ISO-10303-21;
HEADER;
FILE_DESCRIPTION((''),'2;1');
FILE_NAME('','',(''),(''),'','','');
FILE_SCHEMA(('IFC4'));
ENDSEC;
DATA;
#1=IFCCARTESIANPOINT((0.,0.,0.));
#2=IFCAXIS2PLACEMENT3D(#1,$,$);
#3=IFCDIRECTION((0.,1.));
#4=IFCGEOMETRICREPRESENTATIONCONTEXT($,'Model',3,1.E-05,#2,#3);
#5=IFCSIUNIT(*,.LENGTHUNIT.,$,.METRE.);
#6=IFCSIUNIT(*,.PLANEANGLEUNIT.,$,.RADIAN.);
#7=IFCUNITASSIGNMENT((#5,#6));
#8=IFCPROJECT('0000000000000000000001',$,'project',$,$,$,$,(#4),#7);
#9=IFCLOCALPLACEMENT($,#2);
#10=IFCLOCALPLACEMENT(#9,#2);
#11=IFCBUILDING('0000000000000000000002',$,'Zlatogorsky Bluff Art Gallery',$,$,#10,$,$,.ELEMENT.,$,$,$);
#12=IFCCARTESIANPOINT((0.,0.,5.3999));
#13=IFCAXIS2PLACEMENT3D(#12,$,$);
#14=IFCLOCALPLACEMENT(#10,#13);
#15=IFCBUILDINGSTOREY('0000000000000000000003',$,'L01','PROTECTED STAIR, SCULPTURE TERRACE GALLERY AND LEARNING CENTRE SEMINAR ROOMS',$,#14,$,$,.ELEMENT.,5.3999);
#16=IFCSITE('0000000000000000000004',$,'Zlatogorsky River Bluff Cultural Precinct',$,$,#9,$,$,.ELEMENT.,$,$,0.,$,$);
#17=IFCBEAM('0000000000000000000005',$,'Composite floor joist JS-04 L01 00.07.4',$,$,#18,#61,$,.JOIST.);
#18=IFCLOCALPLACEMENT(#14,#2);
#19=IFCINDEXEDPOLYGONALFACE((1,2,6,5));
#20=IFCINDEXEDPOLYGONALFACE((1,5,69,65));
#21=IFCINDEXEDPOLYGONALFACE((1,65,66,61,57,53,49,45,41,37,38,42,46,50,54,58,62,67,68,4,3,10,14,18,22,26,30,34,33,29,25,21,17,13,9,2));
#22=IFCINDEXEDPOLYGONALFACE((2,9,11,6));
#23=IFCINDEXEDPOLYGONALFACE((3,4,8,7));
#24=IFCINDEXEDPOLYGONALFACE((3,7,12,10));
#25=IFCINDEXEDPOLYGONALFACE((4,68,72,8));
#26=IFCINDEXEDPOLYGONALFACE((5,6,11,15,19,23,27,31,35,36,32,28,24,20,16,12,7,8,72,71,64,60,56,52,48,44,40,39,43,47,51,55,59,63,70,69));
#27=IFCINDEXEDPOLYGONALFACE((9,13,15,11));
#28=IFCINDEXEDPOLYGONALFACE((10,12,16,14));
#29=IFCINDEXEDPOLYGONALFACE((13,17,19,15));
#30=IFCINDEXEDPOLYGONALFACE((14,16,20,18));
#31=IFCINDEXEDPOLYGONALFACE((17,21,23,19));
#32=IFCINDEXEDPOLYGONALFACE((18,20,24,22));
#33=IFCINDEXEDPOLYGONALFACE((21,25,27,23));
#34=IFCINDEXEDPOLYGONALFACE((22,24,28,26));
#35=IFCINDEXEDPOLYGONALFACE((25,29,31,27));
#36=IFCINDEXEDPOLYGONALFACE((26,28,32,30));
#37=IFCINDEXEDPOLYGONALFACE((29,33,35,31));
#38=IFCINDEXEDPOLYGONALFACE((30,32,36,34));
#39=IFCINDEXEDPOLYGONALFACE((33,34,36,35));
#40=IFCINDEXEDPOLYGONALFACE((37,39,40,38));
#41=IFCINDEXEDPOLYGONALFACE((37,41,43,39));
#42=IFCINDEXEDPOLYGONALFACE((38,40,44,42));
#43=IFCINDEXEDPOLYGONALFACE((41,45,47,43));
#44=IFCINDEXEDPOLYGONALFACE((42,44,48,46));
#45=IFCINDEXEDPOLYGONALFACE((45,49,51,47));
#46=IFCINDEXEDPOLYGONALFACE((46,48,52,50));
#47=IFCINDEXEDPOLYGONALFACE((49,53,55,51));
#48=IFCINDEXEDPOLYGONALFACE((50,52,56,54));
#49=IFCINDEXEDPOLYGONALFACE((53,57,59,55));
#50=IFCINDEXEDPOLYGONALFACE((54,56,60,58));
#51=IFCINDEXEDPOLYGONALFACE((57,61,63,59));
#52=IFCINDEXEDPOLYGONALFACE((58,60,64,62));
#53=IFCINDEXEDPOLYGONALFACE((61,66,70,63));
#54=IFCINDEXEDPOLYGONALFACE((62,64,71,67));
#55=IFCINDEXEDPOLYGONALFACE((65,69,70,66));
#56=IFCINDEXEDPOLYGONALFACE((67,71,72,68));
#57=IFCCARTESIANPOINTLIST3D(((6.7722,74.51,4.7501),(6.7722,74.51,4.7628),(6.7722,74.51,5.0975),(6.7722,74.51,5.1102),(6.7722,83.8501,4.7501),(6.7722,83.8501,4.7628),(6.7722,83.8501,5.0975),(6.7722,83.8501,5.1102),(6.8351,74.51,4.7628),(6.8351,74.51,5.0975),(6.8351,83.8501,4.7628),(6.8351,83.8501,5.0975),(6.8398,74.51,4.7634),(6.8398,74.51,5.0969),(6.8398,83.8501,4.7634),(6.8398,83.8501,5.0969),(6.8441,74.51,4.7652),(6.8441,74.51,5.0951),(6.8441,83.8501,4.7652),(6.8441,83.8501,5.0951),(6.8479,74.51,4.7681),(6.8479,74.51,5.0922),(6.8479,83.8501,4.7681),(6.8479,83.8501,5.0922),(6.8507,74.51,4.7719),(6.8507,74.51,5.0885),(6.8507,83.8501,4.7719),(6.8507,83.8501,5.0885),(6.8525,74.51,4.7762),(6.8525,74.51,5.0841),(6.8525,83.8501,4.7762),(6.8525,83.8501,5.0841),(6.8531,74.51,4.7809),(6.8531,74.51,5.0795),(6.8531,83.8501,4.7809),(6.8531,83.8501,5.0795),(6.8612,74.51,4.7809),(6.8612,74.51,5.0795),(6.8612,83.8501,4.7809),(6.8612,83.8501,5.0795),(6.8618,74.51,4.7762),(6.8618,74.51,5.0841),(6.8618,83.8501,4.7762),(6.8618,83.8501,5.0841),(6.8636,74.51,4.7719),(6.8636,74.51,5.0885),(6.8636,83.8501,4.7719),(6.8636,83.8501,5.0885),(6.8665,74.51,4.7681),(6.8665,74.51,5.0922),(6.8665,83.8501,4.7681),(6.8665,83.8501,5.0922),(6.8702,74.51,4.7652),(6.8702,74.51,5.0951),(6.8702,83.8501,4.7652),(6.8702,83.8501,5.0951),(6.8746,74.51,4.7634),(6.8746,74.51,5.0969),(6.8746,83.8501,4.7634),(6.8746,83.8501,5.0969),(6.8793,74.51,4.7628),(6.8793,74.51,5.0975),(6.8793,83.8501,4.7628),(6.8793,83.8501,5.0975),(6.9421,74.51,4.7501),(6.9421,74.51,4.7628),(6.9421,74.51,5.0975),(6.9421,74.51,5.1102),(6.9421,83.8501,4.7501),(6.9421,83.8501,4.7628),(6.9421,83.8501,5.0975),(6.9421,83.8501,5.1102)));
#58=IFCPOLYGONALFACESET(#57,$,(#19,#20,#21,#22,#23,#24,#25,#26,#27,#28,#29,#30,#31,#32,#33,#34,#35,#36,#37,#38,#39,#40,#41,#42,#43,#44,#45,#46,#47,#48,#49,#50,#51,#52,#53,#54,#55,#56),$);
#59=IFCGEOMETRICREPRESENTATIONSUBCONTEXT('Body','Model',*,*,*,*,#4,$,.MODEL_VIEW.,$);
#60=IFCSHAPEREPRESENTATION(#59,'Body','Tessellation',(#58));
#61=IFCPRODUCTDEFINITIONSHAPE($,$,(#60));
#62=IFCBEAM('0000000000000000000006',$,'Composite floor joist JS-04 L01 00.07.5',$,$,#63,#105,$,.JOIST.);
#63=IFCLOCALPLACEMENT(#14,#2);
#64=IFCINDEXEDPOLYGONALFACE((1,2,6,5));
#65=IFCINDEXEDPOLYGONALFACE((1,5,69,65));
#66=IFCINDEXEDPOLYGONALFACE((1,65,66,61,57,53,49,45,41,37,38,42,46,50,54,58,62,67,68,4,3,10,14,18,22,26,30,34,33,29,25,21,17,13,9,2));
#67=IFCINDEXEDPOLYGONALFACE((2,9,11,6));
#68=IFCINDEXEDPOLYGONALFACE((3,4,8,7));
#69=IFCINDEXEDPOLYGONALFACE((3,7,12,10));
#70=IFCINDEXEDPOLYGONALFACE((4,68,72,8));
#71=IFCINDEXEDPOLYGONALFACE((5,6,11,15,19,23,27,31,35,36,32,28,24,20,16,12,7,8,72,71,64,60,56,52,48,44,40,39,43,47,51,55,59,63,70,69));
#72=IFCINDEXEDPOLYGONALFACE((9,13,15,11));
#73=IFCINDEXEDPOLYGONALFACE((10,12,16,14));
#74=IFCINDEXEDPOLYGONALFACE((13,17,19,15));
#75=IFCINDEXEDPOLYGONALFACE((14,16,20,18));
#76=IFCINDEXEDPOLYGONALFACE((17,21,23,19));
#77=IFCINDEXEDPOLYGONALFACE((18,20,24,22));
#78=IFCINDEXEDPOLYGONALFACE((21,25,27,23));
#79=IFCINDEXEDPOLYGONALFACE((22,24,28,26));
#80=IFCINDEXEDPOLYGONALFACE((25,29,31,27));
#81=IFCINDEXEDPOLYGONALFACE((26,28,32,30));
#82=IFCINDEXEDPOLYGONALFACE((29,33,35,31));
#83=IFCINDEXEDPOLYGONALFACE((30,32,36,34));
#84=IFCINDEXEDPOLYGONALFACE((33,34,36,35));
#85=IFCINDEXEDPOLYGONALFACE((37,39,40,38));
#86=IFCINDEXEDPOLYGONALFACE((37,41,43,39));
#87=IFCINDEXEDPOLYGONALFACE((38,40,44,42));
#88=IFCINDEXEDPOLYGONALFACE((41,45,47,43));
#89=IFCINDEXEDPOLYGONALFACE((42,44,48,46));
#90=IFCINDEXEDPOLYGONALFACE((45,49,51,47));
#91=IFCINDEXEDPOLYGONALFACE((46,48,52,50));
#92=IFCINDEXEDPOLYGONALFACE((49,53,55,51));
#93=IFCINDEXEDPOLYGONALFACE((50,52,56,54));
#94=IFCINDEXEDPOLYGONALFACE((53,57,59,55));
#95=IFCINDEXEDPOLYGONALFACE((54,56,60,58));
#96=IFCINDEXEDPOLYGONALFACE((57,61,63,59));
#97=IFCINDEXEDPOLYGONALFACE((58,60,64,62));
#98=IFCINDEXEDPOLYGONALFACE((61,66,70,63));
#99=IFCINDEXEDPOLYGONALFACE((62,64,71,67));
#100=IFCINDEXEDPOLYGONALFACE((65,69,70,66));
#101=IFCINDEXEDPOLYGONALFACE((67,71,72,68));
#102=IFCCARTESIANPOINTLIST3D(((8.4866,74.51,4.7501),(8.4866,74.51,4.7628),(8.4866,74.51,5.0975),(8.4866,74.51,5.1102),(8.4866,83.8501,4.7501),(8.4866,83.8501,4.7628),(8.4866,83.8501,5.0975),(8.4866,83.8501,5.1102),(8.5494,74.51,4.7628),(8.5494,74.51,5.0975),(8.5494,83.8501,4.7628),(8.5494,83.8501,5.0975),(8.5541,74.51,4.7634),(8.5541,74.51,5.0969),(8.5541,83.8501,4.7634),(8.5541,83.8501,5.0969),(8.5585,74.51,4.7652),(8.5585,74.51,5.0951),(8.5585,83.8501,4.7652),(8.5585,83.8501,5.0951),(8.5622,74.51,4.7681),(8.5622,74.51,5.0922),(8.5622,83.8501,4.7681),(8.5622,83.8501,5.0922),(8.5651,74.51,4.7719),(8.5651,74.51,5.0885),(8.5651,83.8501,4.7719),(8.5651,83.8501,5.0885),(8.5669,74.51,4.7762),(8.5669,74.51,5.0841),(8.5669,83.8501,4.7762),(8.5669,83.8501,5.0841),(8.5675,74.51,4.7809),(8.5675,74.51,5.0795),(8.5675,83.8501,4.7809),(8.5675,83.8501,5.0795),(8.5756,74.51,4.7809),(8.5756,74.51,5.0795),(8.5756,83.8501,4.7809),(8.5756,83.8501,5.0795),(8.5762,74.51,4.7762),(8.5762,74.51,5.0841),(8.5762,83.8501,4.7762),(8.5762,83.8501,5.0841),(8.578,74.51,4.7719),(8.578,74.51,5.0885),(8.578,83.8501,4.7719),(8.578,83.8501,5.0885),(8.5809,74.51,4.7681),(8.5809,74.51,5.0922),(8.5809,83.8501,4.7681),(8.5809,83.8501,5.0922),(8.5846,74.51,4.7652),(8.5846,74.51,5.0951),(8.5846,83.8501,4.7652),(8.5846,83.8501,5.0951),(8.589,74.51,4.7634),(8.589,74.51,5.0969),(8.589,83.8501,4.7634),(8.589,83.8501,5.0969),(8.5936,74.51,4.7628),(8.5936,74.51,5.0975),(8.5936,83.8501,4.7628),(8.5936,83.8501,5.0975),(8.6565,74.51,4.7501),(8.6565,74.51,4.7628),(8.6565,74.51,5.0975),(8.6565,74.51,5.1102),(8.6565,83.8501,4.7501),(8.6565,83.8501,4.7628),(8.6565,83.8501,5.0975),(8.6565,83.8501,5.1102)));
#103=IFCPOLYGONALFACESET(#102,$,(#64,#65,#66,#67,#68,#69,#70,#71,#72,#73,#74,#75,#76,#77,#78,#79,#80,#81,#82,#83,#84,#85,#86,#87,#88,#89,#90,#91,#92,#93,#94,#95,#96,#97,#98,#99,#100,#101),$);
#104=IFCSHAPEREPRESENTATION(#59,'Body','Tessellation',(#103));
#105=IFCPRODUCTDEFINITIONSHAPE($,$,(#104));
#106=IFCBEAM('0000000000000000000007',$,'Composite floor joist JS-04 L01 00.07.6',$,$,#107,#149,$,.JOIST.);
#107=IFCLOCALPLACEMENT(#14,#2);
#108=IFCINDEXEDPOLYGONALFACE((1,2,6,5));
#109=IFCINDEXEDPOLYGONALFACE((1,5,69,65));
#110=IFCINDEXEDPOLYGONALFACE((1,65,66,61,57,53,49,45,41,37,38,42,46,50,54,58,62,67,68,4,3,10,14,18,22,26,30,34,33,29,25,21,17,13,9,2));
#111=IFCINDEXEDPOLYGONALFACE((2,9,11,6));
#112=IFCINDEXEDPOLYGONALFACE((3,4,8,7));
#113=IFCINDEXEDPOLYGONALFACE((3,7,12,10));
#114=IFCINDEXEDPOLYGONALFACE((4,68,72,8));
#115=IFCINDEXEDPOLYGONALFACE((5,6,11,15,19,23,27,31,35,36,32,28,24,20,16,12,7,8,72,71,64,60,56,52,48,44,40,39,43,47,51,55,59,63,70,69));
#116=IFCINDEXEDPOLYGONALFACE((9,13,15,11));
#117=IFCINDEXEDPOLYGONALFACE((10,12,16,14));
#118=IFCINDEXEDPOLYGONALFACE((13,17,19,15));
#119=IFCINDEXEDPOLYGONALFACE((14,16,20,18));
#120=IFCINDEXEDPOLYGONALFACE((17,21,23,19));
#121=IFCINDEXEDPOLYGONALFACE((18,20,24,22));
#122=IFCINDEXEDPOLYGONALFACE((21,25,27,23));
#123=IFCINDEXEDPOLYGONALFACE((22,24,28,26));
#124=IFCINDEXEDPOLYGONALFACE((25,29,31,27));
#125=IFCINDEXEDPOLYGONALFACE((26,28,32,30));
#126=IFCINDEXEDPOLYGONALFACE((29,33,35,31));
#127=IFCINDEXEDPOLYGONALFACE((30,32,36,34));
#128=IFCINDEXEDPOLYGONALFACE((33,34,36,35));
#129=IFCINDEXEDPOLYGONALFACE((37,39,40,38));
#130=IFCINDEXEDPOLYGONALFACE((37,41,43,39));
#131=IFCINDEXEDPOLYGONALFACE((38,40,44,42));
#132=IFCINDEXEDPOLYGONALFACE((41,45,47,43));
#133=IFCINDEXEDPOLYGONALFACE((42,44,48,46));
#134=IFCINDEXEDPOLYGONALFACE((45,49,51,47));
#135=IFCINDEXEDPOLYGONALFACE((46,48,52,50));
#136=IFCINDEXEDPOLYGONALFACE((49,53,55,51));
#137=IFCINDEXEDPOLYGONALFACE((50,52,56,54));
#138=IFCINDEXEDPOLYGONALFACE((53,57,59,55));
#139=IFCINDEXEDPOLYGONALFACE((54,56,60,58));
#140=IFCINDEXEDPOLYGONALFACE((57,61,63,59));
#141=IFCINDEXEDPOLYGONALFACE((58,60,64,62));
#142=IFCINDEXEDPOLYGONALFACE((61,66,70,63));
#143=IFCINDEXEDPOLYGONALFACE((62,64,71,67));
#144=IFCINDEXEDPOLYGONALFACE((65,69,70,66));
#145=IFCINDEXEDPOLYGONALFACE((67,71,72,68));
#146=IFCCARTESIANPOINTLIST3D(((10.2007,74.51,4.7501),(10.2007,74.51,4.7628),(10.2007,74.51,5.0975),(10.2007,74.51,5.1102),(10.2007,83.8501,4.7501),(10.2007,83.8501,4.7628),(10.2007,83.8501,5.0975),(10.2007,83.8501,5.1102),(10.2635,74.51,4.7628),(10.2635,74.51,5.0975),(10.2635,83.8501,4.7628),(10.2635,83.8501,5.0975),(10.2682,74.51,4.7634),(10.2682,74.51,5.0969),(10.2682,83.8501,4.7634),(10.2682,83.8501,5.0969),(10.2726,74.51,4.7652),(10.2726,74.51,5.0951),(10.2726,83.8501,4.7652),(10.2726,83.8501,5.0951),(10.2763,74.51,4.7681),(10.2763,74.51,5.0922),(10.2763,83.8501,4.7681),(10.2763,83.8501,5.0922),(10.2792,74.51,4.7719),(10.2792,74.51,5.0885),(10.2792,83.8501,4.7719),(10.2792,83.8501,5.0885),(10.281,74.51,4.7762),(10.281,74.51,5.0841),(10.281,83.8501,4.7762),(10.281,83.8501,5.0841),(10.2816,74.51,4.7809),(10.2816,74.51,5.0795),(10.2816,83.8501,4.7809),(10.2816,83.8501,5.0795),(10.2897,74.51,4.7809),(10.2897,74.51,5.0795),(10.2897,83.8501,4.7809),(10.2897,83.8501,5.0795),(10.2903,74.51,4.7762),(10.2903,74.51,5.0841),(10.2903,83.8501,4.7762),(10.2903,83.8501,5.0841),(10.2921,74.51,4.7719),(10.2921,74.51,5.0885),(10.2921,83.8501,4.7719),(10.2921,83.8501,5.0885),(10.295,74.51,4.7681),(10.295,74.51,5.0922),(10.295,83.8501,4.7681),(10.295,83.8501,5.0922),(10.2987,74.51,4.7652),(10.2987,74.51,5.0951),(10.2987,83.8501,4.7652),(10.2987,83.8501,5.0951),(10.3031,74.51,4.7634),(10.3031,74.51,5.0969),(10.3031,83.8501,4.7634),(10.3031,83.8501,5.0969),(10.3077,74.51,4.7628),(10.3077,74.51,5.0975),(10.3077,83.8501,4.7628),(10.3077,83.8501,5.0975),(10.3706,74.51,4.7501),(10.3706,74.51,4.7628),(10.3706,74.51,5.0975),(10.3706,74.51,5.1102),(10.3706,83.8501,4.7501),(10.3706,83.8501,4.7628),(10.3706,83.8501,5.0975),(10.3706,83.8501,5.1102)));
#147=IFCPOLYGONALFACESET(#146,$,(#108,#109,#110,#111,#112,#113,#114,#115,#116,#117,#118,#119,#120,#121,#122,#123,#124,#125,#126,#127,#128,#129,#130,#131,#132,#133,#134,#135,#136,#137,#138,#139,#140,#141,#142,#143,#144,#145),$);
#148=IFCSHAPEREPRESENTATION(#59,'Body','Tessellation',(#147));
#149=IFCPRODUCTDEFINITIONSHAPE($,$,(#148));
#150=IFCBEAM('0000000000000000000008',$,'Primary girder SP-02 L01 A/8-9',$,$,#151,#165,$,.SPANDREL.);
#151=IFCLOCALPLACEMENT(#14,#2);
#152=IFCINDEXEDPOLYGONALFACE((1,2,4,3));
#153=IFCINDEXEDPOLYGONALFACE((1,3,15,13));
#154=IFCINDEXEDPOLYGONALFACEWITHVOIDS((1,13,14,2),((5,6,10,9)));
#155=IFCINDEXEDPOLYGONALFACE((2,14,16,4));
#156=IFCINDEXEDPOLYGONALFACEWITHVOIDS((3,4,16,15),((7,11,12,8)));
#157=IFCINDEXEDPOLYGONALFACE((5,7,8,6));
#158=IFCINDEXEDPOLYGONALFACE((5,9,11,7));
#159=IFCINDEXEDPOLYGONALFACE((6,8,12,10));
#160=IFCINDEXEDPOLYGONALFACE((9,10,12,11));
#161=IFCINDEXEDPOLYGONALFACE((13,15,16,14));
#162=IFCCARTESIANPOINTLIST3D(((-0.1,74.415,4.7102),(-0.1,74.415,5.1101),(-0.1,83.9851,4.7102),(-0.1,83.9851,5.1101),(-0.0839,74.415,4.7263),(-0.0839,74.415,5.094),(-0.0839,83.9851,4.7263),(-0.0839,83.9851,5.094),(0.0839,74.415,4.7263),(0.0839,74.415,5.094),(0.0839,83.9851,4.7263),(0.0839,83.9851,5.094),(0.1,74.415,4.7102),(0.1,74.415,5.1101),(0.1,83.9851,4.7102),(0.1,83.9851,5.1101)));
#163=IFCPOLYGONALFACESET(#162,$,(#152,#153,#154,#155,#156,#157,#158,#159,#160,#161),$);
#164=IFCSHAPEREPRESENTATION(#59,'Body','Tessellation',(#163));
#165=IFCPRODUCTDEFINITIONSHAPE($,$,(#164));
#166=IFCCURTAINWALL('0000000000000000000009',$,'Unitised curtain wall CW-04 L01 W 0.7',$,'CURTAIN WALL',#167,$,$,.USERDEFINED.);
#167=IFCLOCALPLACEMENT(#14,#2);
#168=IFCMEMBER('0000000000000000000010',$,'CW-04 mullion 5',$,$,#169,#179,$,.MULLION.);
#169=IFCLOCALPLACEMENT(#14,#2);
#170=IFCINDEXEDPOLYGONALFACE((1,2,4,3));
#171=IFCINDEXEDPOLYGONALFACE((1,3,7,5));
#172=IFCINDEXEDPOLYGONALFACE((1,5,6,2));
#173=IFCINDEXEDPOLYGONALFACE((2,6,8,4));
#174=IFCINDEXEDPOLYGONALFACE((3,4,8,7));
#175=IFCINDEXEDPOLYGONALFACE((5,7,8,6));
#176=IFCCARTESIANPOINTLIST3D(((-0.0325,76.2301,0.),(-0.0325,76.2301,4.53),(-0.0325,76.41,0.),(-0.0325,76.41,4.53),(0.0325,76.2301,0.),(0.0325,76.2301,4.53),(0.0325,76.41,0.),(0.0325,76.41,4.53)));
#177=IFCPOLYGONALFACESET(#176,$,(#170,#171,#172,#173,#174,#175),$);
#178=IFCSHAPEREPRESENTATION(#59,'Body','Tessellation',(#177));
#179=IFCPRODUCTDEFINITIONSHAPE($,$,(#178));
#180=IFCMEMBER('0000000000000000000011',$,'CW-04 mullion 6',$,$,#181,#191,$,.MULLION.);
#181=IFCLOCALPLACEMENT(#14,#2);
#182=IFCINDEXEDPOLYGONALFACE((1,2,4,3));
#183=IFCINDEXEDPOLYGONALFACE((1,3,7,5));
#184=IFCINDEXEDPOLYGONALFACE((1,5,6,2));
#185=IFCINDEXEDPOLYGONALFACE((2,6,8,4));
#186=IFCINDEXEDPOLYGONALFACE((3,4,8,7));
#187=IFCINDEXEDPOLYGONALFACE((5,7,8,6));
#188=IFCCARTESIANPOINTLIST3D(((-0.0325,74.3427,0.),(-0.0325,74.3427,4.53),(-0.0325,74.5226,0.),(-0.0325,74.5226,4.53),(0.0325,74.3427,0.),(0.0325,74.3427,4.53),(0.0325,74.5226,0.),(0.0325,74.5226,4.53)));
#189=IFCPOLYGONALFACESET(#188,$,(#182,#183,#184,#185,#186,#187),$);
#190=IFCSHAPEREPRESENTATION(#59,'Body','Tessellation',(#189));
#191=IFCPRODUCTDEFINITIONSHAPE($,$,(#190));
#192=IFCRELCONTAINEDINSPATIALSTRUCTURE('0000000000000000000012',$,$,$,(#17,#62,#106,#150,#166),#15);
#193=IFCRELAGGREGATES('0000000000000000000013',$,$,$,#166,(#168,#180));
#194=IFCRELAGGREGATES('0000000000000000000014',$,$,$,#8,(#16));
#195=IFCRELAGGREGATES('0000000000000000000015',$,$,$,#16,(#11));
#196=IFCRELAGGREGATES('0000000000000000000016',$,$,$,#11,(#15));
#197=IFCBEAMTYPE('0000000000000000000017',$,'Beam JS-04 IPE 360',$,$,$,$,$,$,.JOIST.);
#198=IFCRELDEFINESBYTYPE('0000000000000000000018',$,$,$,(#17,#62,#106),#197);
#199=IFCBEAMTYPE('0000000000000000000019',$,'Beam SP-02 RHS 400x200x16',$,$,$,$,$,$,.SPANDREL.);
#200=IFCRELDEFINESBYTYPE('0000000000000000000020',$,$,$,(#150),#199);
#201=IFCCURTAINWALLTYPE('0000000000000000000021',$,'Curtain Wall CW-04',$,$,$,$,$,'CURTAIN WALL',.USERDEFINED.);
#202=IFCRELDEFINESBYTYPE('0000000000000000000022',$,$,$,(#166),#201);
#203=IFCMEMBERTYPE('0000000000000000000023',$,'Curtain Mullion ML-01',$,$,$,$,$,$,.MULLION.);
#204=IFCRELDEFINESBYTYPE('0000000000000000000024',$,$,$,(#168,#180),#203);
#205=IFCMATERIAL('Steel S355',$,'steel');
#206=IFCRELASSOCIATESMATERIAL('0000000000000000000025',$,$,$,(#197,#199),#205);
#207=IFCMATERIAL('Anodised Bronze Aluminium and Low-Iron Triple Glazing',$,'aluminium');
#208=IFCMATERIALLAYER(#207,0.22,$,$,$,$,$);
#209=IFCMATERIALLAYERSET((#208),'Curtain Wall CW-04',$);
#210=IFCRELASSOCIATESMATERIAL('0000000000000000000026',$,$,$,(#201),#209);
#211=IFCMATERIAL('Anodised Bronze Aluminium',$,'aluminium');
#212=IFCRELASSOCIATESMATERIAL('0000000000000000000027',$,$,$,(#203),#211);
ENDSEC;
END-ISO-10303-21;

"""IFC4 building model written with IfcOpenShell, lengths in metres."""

from ifc_helpers import new_model, si_unit, direction, frame, origin, origin_2d, place, context, subcontext, project, spatial, rectangle, hollow_rectangle, i_section, extrude, material, layer, layer_set, material_profile, profile_set, type_object, element, aggregate, save


model = new_model("IFC4")

# Units and contexts
model_context = context("Model", 3, precision=1e-05, world=origin(), true_north=direction((0.0, 1.0)))
body_context = subcontext(model_context, "Body", "Model", "MODEL_VIEW")
ifc_project = project(units=[si_unit("LENGTHUNIT", "METRE"), si_unit("PLANEANGLEUNIT", "RADIAN")], contexts=[model_context])

# Site, building, storey
site_placement = place(None, origin())
site = spatial("IfcSite", under=ifc_project, at=site_placement, Name="Zlatogorsky River Bluff Cultural Precinct", CompositionType="ELEMENT", RefElevation=0.0)
building_placement = place(site_placement, origin())
building = spatial("IfcBuilding", under=site, at=building_placement, Name="Zlatogorsky Bluff Art Gallery", CompositionType="ELEMENT")
storey_placement = place(building_placement, frame((0.0, 0.0, 5.3999)))
storey = spatial("IfcBuildingStorey", under=building, at=storey_placement, Name="L01", Description="PROTECTED STAIR, SCULPTURE TERRACE GALLERY AND LEARNING CENTRE SEMINAR ROOMS", CompositionType="ELEMENT", Elevation=5.3999)

# Shared definitions
ifc_material_1 = material(Name="Steel S355", Category="steel")

# Beams
ifc_material_profile_1 = material_profile(ifc_material_1, i_section(OverallWidth=0.1699, OverallDepth=0.3601, WebThickness=0.0081, FlangeThickness=0.0127, FilletRadius=0.0181, at=origin_2d()), Name="IPE 360")
ifc_profile_set_1 = profile_set([ifc_material_profile_1], Name="Steel S355")
beam_type_1 = type_object("IfcBeamType", Name="Beam JS-04 IPE 360", PredefinedType="JOIST", material=ifc_profile_set_1)
for number, where, z_axis, x_axis, name in (
    (1, (6.8572, 74.51, 4.9302), (0.0, 1.0, 0.0), (-1.0, 0.0, 0.0), "Composite floor joist JS-04 L01 00.07.4"),
    (2, (8.5715, 74.51, 4.9302), (0.0, 1.0, 0.0), (-1.0, 0.0, 0.0), "Composite floor joist JS-04 L01 00.07.5"),
    (3, (10.2856, 74.51, 4.9302), (0.0, 1.0, 0.0), (-1.0, 0.0, 0.0), "Composite floor joist JS-04 L01 00.07.6"),
):
    element("IfcBeam", number, at=place(storey_placement, frame(where, z_axis=z_axis, x_axis=x_axis)), inside=storey, type_object=beam_type_1, Name=name, PredefinedType="JOIST", context=body_context, shape_type="SweptSolid", body=[
        extrude(i_section(OverallWidth=0.1699, OverallDepth=0.3601, WebThickness=0.0081, FlangeThickness=0.0127, FilletRadius=0.0181, at=origin_2d()), origin(), (0.0, 0.0, 1.0), 9.3401),
    ])
ifc_material_profile_2 = material_profile(ifc_material_1, hollow_rectangle(XDim=0.2, YDim=0.3999, WallThickness=0.0161, at=origin_2d()), Name="RHS 400x200x16")
ifc_profile_set_2 = profile_set([ifc_material_profile_2], Name="Steel S355")
beam_type_2 = type_object("IfcBeamType", Name="Beam SP-02 RHS 400x200x16", PredefinedType="SPANDREL", material=ifc_profile_set_2)
beam_1_placement = place(storey_placement, frame((0.0, 74.415, 4.9102), z_axis=(0.0, 1.0, 0.0), x_axis=(-1.0, 0.0, 0.0)))
element("IfcBeam", 4, at=beam_1_placement, inside=storey, type_object=beam_type_2, Name="Primary girder SP-02 L01 A/8-9", PredefinedType="SPANDREL", context=body_context, shape_type="SweptSolid", body=[
    extrude(hollow_rectangle(XDim=0.2, YDim=0.3999, WallThickness=0.0161, at=origin_2d()), origin(), (0.0, 0.0, 1.0), 9.5701),
])

# Curtain wall, members
ifc_material_2 = material(Name="Anodised Bronze Aluminium and Low-Iron Triple Glazing", Category="aluminium")
ifc_layer_1 = layer(ifc_material_2, 0.22)
ifc_layer_set_1 = layer_set([ifc_layer_1], Name="Curtain Wall CW-04")
curtain_wall_type = type_object("IfcCurtainWallType", Name="Curtain Wall CW-04", ElementType="CURTAIN WALL", PredefinedType="USERDEFINED", material=ifc_layer_set_1)
curtain_wall_placement = place(storey_placement, origin())
curtain_wall = element("IfcCurtainWall", 5, at=curtain_wall_placement, inside=storey, type_object=curtain_wall_type, Name="Unitised curtain wall CW-04 L01 W 0.7", ObjectType="CURTAIN WALL", PredefinedType="USERDEFINED")
ifc_material_3 = material(Name="Anodised Bronze Aluminium", Category="aluminium")
ifc_material_profile_3 = material_profile(ifc_material_3, rectangle(XDim=0.0649, YDim=0.1799, at=origin_2d()), Name="ALU MULLION 65x180")
ifc_profile_set_3 = profile_set([ifc_material_profile_3], Name="Anodised Bronze Aluminium")
member_type_1 = type_object("IfcMemberType", Name="Curtain Mullion ML-01", PredefinedType="MULLION", material=ifc_profile_set_3)
member_1_placement = place(storey_placement, frame((0.0, 76.3201, 0.0), z_axis=(0.0, 0.0, 1.0), x_axis=(1.0, 0.0, 0.0)))
member_1 = element("IfcMember", 6, at=member_1_placement, type_object=member_type_1, Name="CW-04 mullion 5", PredefinedType="MULLION", context=body_context, shape_type="SweptSolid", body=[
    extrude(rectangle(XDim=0.0649, YDim=0.1799, at=origin_2d()), origin(), (0.0, 0.0, 1.0), 4.53),
])
member_2_placement = place(storey_placement, frame((0.0, 74.4326, 0.0), z_axis=(0.0, 0.0, 1.0), x_axis=(1.0, 0.0, 0.0)))
member_2 = element("IfcMember", 7, at=member_2_placement, type_object=member_type_1, Name="CW-04 mullion 6", PredefinedType="MULLION", context=body_context, shape_type="SweptSolid", body=[
    extrude(rectangle(XDim=0.0649, YDim=0.1799, at=origin_2d()), origin(), (0.0, 0.0, 1.0), 4.53),
])
aggregate(curtain_wall, [member_1, member_2])

save(model, "model.ifc")
